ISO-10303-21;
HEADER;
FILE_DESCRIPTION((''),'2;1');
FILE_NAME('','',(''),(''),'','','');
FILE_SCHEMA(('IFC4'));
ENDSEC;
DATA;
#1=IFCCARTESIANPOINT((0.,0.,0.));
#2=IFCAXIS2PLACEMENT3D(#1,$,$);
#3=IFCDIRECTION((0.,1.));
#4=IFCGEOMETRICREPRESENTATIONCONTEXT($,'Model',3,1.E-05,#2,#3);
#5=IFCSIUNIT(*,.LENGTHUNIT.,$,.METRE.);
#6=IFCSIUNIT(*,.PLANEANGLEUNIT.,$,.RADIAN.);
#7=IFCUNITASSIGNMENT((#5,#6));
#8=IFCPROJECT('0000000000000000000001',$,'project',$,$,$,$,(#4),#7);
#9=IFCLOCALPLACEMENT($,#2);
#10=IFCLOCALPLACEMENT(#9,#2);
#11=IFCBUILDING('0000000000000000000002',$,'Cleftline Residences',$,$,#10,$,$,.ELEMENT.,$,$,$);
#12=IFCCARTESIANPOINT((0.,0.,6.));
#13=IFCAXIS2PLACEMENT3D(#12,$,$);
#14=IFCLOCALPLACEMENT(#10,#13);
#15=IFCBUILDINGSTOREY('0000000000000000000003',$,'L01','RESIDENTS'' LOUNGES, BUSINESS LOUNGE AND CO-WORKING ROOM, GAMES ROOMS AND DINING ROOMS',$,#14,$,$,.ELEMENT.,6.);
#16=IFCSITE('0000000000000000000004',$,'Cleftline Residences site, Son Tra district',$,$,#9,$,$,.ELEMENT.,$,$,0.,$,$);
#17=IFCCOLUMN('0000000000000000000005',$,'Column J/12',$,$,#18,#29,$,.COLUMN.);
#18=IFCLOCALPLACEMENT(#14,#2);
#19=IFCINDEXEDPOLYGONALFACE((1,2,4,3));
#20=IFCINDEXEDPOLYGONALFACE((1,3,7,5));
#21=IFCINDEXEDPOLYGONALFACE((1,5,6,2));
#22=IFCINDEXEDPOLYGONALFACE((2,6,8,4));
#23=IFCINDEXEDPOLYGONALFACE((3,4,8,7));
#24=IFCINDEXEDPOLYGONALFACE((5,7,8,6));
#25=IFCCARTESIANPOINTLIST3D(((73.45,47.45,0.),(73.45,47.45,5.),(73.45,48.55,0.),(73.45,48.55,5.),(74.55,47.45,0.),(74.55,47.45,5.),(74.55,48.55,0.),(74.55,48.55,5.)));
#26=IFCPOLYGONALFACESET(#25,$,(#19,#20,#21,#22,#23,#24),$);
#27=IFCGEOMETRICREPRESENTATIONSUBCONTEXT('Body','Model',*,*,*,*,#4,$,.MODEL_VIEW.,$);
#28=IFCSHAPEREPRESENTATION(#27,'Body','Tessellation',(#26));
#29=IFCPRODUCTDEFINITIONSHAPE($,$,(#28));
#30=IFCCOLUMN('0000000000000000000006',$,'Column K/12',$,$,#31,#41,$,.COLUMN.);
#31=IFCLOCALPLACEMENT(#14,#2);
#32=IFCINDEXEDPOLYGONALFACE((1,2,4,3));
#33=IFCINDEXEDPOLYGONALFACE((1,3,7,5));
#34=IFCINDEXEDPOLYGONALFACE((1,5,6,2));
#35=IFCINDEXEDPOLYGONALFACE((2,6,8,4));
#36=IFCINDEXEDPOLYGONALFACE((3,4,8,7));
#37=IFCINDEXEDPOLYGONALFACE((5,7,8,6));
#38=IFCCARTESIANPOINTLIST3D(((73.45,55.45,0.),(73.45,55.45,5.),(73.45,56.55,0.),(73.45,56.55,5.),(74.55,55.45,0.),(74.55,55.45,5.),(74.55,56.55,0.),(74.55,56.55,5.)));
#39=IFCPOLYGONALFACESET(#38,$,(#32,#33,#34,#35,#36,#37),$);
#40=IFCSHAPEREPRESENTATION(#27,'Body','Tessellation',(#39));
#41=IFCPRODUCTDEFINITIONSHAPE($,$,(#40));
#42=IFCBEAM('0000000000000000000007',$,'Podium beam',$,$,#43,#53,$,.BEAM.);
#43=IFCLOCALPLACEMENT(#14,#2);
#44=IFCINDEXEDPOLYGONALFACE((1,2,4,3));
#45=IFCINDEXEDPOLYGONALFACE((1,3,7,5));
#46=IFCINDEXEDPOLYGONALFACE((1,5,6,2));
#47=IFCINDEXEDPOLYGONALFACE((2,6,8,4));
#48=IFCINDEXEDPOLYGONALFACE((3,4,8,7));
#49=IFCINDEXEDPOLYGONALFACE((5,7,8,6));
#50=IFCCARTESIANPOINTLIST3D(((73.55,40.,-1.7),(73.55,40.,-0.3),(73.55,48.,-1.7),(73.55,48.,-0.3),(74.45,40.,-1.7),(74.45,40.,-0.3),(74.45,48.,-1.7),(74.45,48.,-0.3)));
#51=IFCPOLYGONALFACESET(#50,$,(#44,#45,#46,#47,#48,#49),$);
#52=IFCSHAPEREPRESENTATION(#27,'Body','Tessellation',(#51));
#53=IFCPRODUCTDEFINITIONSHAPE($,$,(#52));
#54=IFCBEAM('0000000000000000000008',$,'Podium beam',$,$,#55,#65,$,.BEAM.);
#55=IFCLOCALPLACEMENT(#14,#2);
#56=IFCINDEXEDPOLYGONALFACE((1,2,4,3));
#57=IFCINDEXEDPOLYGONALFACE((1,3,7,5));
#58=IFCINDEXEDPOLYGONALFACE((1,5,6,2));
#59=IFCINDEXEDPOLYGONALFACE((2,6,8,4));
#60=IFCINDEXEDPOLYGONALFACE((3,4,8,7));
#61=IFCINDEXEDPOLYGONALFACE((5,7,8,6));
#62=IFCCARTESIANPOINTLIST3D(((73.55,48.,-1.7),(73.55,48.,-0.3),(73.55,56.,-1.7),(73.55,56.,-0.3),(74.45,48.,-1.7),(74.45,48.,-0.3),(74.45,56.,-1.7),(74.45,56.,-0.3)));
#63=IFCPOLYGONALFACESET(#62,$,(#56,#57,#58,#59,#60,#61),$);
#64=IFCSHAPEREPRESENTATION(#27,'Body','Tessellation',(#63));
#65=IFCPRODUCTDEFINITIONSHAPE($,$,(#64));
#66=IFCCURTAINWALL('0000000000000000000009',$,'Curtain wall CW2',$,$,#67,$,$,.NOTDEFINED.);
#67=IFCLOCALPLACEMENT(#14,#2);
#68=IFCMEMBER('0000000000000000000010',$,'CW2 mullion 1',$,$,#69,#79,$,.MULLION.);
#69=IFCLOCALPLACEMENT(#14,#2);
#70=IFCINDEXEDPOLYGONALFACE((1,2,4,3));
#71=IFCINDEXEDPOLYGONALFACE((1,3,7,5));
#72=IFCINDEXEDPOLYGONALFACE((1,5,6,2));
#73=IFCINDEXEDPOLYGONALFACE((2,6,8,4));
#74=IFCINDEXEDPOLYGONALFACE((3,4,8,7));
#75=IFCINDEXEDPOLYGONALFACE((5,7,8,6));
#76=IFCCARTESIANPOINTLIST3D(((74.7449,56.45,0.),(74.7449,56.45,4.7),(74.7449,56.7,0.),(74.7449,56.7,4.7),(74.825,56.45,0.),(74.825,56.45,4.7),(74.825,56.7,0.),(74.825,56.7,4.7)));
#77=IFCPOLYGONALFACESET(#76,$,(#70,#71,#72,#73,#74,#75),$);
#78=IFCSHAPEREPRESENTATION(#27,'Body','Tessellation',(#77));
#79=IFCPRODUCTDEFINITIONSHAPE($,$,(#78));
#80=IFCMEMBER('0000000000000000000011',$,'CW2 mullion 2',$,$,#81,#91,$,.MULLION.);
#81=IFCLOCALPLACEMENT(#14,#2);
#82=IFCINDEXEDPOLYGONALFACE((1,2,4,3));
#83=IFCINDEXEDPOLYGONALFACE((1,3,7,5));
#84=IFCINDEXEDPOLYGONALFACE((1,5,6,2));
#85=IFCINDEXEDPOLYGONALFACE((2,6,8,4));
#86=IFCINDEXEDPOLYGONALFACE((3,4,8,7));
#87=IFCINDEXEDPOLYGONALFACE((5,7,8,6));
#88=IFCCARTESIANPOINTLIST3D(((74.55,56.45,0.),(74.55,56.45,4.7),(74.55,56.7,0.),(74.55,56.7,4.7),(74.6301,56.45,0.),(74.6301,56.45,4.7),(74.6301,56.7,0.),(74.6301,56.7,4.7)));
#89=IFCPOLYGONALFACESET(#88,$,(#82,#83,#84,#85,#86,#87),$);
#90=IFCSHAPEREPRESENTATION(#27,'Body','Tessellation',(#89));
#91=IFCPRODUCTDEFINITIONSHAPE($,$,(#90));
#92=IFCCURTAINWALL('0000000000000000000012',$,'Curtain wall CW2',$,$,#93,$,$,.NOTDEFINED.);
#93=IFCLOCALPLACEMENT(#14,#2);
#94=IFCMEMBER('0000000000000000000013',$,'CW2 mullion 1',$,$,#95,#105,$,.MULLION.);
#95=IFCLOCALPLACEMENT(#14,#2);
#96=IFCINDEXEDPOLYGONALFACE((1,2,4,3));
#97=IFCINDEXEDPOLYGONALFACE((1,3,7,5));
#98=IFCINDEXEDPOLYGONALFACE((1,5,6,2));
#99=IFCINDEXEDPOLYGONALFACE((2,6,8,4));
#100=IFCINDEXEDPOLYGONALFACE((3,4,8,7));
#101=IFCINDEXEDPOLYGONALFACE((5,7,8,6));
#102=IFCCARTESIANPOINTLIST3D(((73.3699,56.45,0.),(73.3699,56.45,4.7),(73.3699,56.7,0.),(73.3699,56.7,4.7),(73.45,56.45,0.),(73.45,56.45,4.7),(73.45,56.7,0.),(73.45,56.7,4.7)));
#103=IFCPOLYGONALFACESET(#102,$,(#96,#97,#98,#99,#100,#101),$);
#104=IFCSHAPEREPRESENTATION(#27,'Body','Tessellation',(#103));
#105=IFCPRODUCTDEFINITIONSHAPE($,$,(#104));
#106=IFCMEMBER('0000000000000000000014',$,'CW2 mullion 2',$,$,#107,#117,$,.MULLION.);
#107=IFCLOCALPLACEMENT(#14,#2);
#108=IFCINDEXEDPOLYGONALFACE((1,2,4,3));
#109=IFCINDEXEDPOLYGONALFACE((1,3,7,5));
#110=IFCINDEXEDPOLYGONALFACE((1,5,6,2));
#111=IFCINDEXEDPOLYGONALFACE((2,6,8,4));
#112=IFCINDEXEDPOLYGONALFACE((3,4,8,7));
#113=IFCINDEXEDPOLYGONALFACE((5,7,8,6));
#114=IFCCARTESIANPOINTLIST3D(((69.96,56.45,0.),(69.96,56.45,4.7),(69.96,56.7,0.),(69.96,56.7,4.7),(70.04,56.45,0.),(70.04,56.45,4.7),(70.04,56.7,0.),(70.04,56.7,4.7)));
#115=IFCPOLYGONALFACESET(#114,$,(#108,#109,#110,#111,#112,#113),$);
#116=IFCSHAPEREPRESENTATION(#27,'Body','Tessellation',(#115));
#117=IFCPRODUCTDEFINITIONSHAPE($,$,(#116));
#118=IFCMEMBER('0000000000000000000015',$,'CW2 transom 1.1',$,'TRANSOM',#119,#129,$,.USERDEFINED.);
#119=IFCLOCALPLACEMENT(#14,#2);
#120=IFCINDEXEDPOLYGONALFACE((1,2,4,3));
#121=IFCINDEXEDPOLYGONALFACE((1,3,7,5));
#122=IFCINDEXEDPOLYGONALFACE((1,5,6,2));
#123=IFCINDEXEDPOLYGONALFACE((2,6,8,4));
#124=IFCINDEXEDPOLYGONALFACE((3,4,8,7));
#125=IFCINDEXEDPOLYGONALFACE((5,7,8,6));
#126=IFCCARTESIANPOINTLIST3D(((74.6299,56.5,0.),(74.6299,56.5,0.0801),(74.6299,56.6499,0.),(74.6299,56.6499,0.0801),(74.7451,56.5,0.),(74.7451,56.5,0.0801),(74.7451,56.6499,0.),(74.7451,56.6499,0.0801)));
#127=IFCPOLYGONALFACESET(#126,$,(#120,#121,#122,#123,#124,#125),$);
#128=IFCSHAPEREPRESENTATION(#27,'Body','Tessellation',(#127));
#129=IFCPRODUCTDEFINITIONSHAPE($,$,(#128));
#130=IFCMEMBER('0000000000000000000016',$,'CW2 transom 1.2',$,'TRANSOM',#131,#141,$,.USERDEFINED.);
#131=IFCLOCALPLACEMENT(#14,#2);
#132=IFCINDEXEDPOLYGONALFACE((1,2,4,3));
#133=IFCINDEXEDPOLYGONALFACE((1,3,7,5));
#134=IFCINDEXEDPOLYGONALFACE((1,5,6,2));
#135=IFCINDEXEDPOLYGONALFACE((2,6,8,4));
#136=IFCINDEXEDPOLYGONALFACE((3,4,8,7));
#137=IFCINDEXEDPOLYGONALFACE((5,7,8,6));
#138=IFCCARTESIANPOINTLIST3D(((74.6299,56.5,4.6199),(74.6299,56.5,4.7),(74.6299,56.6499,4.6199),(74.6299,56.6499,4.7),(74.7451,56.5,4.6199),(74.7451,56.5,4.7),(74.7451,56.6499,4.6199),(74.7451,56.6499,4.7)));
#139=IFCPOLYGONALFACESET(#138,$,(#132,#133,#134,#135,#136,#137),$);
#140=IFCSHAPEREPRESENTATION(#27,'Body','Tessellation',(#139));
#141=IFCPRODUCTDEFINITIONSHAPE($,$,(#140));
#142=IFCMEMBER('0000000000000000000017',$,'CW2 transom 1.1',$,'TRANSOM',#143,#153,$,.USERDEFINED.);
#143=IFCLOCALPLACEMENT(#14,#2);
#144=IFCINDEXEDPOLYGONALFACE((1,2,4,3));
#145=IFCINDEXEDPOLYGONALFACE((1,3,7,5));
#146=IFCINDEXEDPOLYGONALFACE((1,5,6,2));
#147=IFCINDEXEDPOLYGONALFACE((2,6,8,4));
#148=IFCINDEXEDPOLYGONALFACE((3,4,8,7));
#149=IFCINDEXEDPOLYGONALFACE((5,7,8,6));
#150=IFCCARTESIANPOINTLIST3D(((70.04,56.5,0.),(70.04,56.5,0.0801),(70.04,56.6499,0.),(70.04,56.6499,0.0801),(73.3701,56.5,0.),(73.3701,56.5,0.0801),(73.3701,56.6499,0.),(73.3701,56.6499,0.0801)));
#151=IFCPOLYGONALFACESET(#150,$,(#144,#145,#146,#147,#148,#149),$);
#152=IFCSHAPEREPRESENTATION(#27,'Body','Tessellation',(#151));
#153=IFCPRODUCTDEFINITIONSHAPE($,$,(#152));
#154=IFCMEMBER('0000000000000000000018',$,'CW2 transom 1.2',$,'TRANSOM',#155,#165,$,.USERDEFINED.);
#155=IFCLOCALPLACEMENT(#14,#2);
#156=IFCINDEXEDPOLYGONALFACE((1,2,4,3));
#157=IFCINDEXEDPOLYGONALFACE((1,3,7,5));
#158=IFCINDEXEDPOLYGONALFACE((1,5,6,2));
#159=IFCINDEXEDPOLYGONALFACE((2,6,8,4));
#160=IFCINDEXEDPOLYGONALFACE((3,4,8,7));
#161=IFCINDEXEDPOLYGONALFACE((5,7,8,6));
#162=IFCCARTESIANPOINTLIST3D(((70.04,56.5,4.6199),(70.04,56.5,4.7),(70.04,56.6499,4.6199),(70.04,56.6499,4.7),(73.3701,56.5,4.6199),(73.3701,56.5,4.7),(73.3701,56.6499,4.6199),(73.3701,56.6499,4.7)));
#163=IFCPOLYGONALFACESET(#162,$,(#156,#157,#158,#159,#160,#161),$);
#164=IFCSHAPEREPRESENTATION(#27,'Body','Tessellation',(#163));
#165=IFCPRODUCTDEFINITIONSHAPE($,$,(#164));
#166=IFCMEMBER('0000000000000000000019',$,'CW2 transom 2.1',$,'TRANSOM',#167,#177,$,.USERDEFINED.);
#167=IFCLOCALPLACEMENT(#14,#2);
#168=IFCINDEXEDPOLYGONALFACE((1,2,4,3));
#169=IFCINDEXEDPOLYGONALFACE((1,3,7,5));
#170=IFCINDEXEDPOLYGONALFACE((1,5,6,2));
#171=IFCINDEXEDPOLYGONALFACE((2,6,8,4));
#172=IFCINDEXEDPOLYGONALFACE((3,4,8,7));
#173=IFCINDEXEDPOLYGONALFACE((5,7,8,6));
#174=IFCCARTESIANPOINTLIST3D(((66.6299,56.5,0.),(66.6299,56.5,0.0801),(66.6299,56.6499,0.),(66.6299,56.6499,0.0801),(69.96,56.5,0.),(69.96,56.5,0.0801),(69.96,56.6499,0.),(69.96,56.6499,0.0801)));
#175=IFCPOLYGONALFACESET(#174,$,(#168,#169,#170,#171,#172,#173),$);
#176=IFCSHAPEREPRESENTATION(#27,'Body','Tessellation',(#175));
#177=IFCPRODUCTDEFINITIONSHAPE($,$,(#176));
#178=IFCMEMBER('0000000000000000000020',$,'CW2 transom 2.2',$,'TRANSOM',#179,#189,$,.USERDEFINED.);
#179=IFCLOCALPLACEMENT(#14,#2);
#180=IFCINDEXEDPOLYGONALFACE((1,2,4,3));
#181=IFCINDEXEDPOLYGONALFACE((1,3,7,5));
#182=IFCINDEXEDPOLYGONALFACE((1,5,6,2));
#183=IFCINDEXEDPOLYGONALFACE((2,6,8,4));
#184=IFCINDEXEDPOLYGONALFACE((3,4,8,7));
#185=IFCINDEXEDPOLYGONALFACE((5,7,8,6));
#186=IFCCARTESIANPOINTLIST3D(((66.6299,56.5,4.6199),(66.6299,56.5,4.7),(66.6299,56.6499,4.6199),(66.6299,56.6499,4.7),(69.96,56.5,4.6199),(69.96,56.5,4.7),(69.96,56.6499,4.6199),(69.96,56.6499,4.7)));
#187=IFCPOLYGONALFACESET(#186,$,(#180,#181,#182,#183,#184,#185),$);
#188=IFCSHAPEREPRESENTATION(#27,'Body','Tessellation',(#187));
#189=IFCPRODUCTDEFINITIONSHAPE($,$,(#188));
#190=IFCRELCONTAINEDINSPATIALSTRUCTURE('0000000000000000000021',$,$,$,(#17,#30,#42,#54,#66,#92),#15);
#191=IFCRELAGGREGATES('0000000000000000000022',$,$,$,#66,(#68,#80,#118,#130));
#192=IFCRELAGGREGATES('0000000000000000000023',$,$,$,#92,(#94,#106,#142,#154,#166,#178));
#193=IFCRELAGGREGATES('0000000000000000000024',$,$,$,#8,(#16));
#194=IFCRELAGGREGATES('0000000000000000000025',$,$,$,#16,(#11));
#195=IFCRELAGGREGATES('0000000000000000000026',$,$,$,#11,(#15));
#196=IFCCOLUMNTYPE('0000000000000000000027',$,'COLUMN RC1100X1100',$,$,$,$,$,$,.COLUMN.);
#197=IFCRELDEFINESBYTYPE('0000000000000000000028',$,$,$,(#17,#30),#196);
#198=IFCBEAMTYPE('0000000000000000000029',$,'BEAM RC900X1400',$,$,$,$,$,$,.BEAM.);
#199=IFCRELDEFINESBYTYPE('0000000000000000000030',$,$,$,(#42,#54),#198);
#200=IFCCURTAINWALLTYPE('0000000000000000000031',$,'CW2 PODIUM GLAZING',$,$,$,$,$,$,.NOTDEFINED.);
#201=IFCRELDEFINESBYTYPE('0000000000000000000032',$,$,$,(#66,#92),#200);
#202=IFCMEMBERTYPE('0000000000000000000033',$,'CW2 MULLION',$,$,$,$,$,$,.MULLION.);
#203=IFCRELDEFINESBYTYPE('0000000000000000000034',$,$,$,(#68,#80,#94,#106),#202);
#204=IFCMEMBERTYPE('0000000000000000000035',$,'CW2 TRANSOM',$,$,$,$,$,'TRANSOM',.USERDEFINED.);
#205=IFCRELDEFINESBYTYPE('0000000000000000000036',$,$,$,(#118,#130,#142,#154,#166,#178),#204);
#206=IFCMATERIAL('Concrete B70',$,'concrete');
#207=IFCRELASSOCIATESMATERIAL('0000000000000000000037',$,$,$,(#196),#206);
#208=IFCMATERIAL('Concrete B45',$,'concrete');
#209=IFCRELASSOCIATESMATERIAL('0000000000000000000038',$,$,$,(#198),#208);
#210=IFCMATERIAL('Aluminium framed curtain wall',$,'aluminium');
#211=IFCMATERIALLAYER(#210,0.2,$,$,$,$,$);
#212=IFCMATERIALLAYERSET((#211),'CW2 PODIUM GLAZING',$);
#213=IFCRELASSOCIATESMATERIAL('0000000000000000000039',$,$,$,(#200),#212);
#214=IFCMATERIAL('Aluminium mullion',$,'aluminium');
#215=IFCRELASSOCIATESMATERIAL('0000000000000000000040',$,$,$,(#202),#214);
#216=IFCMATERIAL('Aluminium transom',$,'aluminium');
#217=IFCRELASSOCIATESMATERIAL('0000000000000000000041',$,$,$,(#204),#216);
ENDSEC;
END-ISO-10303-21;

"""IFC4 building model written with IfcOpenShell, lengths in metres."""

from ifc_helpers import new_model, si_unit, direction, frame, origin, origin_2d, place, context, subcontext, project, spatial, rectangle, extrude, material, layer, layer_set, material_profile, profile_set, type_object, element, aggregate, save


model = new_model("IFC4")

# Units and contexts
model_context = context("Model", 3, precision=1e-05, world=origin(), true_north=direction((0.0, 1.0)))
body_context = subcontext(model_context, "Body", "Model", "MODEL_VIEW")
ifc_project = project(units=[si_unit("LENGTHUNIT", "METRE"), si_unit("PLANEANGLEUNIT", "RADIAN")], contexts=[model_context])

# Site, building, storey
site_placement = place(None, origin())
site = spatial("IfcSite", under=ifc_project, at=site_placement, Name="Cleftline Residences site, Son Tra district", CompositionType="ELEMENT", RefElevation=0.0)
building_placement = place(site_placement, origin())
building = spatial("IfcBuilding", under=site, at=building_placement, Name="Cleftline Residences", CompositionType="ELEMENT")
storey_placement = place(building_placement, frame((0.0, 0.0, 6.0)))
storey = spatial("IfcBuildingStorey", under=building, at=storey_placement, Name="L01", Description="RESIDENTS' LOUNGES, BUSINESS LOUNGE AND CO-WORKING ROOM, GAMES ROOMS AND DINING ROOMS", CompositionType="ELEMENT", Elevation=6.0)

# Columns
ifc_material_1 = material(Name="Concrete B70", Category="concrete")
ifc_material_profile_1 = material_profile(ifc_material_1, rectangle(XDim=1.1001, YDim=1.1001, at=origin_2d()))
ifc_profile_set_1 = profile_set([ifc_material_profile_1], Name="Concrete B70")
column_type = type_object("IfcColumnType", Name="COLUMN RC1100X1100", PredefinedType="COLUMN", material=ifc_profile_set_1)
for number, where, z_axis, x_axis, name in (
    (1, (74.0, 48.0, 0.0), (0.0, 0.0, 1.0), (1.0, 0.0, 0.0), "Column J/12"),
    (2, (74.0, 56.0, 0.0), (0.0, 0.0, 1.0), (1.0, 0.0, 0.0), "Column K/12"),
):
    element("IfcColumn", number, at=place(storey_placement, frame(where, z_axis=z_axis, x_axis=x_axis)), inside=storey, type_object=column_type, Name=name, PredefinedType="COLUMN", context=body_context, shape_type="SweptSolid", body=[
        extrude(rectangle(XDim=1.1001, YDim=1.1001, at=origin_2d()), origin(), (0.0, 0.0, 1.0), 5.0),
    ])

# Beams
ifc_material_2 = material(Name="Concrete B45", Category="concrete")
ifc_material_profile_2 = material_profile(ifc_material_2, rectangle(XDim=0.8999, YDim=1.3999, at=origin_2d()))
ifc_profile_set_2 = profile_set([ifc_material_profile_2], Name="Concrete B45")
beam_type = type_object("IfcBeamType", Name="BEAM RC900X1400", PredefinedType="BEAM", material=ifc_profile_set_2)
for number, where, z_axis, x_axis, name in (
    (3, (74.0, 40.0, -1.0), (0.0, 1.0, 0.0), (-1.0, 0.0, 0.0), "Podium beam"),
    (4, (74.0, 48.0, -1.0), (0.0, 1.0, 0.0), (-1.0, 0.0, 0.0), "Podium beam"),
):
    element("IfcBeam", number, at=place(storey_placement, frame(where, z_axis=z_axis, x_axis=x_axis)), inside=storey, type_object=beam_type, Name=name, PredefinedType="BEAM", context=body_context, shape_type="SweptSolid", body=[
        extrude(rectangle(XDim=0.8999, YDim=1.3999, at=origin_2d()), origin(), (0.0, 0.0, 1.0), 8.0),
    ])

# Curtain walls, members
ifc_material_3 = material(Name="Aluminium framed curtain wall", Category="aluminium")
ifc_layer_1 = layer(ifc_material_3, 0.2)
ifc_layer_set_1 = layer_set([ifc_layer_1], Name="CW2 PODIUM GLAZING")
curtain_wall_type = type_object("IfcCurtainWallType", Name="CW2 PODIUM GLAZING", PredefinedType="NOTDEFINED", material=ifc_layer_set_1)
curtain_wall_1_placement = place(storey_placement, origin())
curtain_wall_1 = element("IfcCurtainWall", 5, at=curtain_wall_1_placement, inside=storey, type_object=curtain_wall_type, Name="Curtain wall CW2", PredefinedType="NOTDEFINED")
ifc_material_4 = material(Name="Aluminium mullion", Category="aluminium")
ifc_material_profile_3 = material_profile(ifc_material_4, rectangle(XDim=0.25, YDim=0.0801, at=origin_2d()))
ifc_profile_set_3 = profile_set([ifc_material_profile_3], Name="Aluminium mullion")
member_type_1 = type_object("IfcMemberType", Name="CW2 MULLION", PredefinedType="MULLION", material=ifc_profile_set_3)
member_1_placement = place(storey_placement, frame((74.7849, 56.575, 0.0), z_axis=(0.0, 0.0, 1.0), x_axis=(0.0, -1.0, 0.0)))
member_1 = element("IfcMember", 6, at=member_1_placement, type_object=member_type_1, Name="CW2 mullion 1", PredefinedType="MULLION", context=body_context, shape_type="SweptSolid", body=[
    extrude(rectangle(XDim=0.25, YDim=0.0801, at=origin_2d()), origin(), (0.0, 0.0, 1.0), 4.7),
])
member_2_placement = place(storey_placement, frame((74.5901, 56.575, 0.0), z_axis=(0.0, 0.0, 1.0), x_axis=(0.0, -1.0, 0.0)))
member_2 = element("IfcMember", 7, at=member_2_placement, type_object=member_type_1, Name="CW2 mullion 2", PredefinedType="MULLION", context=body_context, shape_type="SweptSolid", body=[
    extrude(rectangle(XDim=0.25, YDim=0.0801, at=origin_2d()), origin(), (0.0, 0.0, 1.0), 4.7),
])
curtain_wall_2_placement = place(storey_placement, origin())
curtain_wall_2 = element("IfcCurtainWall", 8, at=curtain_wall_2_placement, inside=storey, type_object=curtain_wall_type, Name="Curtain wall CW2", PredefinedType="NOTDEFINED")
member_3_placement = place(storey_placement, frame((73.4099, 56.575, 0.0), z_axis=(0.0, 0.0, 1.0), x_axis=(0.0, -1.0, 0.0)))
member_3 = element("IfcMember", 9, at=member_3_placement, type_object=member_type_1, Name="CW2 mullion 1", PredefinedType="MULLION", context=body_context, shape_type="SweptSolid", body=[
    extrude(rectangle(XDim=0.25, YDim=0.0801, at=origin_2d()), origin(), (0.0, 0.0, 1.0), 4.7),
])
member_4_placement = place(storey_placement, frame((70.0, 56.575, 0.0), z_axis=(0.0, 0.0, 1.0), x_axis=(0.0, -1.0, 0.0)))
member_4 = element("IfcMember", 10, at=member_4_placement, type_object=member_type_1, Name="CW2 mullion 2", PredefinedType="MULLION", context=body_context, shape_type="SweptSolid", body=[
    extrude(rectangle(XDim=0.25, YDim=0.0801, at=origin_2d()), origin(), (0.0, 0.0, 1.0), 4.7),
])

# Members
ifc_material_5 = material(Name="Aluminium transom", Category="aluminium")
ifc_material_profile_4 = material_profile(ifc_material_5, rectangle(XDim=0.1499, YDim=0.0801, at=origin_2d()))
ifc_profile_set_4 = profile_set([ifc_material_profile_4], Name="Aluminium transom")
member_type_2 = type_object("IfcMemberType", Name="CW2 TRANSOM", ElementType="TRANSOM", PredefinedType="USERDEFINED", material=ifc_profile_set_4)
member_5_placement = place(storey_placement, frame((74.7451, 56.575, 0.04), z_axis=(-1.0, 0.0, 0.0), x_axis=(0.0, -1.0, 0.0)))
member_5 = element("IfcMember", 11, at=member_5_placement, type_object=member_type_2, Name="CW2 transom 1.1", ObjectType="TRANSOM", PredefinedType="USERDEFINED", context=body_context, shape_type="SweptSolid", body=[
    extrude(rectangle(XDim=0.1499, YDim=0.0801, at=origin_2d()), origin(), (0.0, 0.0, 1.0), 0.1152),
])
member_6_placement = place(storey_placement, frame((74.7451, 56.575, 4.6599), z_axis=(-1.0, 0.0, 0.0), x_axis=(0.0, -1.0, 0.0)))
member_6 = element("IfcMember", 12, at=member_6_placement, type_object=member_type_2, Name="CW2 transom 1.2", ObjectType="TRANSOM", PredefinedType="USERDEFINED", context=body_context, shape_type="SweptSolid", body=[
    extrude(rectangle(XDim=0.1499, YDim=0.0801, at=origin_2d()), origin(), (0.0, 0.0, 1.0), 0.1152),
])
member_7_placement = place(storey_placement, frame((73.3701, 56.575, 0.04), z_axis=(-1.0, 0.0, 0.0), x_axis=(0.0, -1.0, 0.0)))
member_7 = element("IfcMember", 13, at=member_7_placement, type_object=member_type_2, Name="CW2 transom 1.1", ObjectType="TRANSOM", PredefinedType="USERDEFINED", context=body_context, shape_type="SweptSolid", body=[
    extrude(rectangle(XDim=0.1499, YDim=0.0801, at=origin_2d()), origin(), (0.0, 0.0, 1.0), 3.3301),
])
member_8_placement = place(storey_placement, frame((73.3701, 56.575, 4.6599), z_axis=(-1.0, 0.0, 0.0), x_axis=(0.0, -1.0, 0.0)))
member_8 = element("IfcMember", 14, at=member_8_placement, type_object=member_type_2, Name="CW2 transom 1.2", ObjectType="TRANSOM", PredefinedType="USERDEFINED", context=body_context, shape_type="SweptSolid", body=[
    extrude(rectangle(XDim=0.1499, YDim=0.0801, at=origin_2d()), origin(), (0.0, 0.0, 1.0), 3.3301),
])
member_9_placement = place(storey_placement, frame((69.96, 56.575, 0.04), z_axis=(-1.0, 0.0, 0.0), x_axis=(0.0, -1.0, 0.0)))
member_9 = element("IfcMember", 15, at=member_9_placement, type_object=member_type_2, Name="CW2 transom 2.1", ObjectType="TRANSOM", PredefinedType="USERDEFINED", context=body_context, shape_type="SweptSolid", body=[
    extrude(rectangle(XDim=0.1499, YDim=0.0801, at=origin_2d()), origin(), (0.0, 0.0, 1.0), 3.3301),
])
member_10_placement = place(storey_placement, frame((69.96, 56.575, 4.6599), z_axis=(-1.0, 0.0, 0.0), x_axis=(0.0, -1.0, 0.0)))
member_10 = element("IfcMember", 16, at=member_10_placement, type_object=member_type_2, Name="CW2 transom 2.2", ObjectType="TRANSOM", PredefinedType="USERDEFINED", context=body_context, shape_type="SweptSolid", body=[
    extrude(rectangle(XDim=0.1499, YDim=0.0801, at=origin_2d()), origin(), (0.0, 0.0, 1.0), 3.3301),
])

aggregate(curtain_wall_1, [member_1, member_2, member_5, member_6])
aggregate(curtain_wall_2, [member_3, member_4, member_7, member_8, member_9, member_10])

save(model, "model.ifc")
